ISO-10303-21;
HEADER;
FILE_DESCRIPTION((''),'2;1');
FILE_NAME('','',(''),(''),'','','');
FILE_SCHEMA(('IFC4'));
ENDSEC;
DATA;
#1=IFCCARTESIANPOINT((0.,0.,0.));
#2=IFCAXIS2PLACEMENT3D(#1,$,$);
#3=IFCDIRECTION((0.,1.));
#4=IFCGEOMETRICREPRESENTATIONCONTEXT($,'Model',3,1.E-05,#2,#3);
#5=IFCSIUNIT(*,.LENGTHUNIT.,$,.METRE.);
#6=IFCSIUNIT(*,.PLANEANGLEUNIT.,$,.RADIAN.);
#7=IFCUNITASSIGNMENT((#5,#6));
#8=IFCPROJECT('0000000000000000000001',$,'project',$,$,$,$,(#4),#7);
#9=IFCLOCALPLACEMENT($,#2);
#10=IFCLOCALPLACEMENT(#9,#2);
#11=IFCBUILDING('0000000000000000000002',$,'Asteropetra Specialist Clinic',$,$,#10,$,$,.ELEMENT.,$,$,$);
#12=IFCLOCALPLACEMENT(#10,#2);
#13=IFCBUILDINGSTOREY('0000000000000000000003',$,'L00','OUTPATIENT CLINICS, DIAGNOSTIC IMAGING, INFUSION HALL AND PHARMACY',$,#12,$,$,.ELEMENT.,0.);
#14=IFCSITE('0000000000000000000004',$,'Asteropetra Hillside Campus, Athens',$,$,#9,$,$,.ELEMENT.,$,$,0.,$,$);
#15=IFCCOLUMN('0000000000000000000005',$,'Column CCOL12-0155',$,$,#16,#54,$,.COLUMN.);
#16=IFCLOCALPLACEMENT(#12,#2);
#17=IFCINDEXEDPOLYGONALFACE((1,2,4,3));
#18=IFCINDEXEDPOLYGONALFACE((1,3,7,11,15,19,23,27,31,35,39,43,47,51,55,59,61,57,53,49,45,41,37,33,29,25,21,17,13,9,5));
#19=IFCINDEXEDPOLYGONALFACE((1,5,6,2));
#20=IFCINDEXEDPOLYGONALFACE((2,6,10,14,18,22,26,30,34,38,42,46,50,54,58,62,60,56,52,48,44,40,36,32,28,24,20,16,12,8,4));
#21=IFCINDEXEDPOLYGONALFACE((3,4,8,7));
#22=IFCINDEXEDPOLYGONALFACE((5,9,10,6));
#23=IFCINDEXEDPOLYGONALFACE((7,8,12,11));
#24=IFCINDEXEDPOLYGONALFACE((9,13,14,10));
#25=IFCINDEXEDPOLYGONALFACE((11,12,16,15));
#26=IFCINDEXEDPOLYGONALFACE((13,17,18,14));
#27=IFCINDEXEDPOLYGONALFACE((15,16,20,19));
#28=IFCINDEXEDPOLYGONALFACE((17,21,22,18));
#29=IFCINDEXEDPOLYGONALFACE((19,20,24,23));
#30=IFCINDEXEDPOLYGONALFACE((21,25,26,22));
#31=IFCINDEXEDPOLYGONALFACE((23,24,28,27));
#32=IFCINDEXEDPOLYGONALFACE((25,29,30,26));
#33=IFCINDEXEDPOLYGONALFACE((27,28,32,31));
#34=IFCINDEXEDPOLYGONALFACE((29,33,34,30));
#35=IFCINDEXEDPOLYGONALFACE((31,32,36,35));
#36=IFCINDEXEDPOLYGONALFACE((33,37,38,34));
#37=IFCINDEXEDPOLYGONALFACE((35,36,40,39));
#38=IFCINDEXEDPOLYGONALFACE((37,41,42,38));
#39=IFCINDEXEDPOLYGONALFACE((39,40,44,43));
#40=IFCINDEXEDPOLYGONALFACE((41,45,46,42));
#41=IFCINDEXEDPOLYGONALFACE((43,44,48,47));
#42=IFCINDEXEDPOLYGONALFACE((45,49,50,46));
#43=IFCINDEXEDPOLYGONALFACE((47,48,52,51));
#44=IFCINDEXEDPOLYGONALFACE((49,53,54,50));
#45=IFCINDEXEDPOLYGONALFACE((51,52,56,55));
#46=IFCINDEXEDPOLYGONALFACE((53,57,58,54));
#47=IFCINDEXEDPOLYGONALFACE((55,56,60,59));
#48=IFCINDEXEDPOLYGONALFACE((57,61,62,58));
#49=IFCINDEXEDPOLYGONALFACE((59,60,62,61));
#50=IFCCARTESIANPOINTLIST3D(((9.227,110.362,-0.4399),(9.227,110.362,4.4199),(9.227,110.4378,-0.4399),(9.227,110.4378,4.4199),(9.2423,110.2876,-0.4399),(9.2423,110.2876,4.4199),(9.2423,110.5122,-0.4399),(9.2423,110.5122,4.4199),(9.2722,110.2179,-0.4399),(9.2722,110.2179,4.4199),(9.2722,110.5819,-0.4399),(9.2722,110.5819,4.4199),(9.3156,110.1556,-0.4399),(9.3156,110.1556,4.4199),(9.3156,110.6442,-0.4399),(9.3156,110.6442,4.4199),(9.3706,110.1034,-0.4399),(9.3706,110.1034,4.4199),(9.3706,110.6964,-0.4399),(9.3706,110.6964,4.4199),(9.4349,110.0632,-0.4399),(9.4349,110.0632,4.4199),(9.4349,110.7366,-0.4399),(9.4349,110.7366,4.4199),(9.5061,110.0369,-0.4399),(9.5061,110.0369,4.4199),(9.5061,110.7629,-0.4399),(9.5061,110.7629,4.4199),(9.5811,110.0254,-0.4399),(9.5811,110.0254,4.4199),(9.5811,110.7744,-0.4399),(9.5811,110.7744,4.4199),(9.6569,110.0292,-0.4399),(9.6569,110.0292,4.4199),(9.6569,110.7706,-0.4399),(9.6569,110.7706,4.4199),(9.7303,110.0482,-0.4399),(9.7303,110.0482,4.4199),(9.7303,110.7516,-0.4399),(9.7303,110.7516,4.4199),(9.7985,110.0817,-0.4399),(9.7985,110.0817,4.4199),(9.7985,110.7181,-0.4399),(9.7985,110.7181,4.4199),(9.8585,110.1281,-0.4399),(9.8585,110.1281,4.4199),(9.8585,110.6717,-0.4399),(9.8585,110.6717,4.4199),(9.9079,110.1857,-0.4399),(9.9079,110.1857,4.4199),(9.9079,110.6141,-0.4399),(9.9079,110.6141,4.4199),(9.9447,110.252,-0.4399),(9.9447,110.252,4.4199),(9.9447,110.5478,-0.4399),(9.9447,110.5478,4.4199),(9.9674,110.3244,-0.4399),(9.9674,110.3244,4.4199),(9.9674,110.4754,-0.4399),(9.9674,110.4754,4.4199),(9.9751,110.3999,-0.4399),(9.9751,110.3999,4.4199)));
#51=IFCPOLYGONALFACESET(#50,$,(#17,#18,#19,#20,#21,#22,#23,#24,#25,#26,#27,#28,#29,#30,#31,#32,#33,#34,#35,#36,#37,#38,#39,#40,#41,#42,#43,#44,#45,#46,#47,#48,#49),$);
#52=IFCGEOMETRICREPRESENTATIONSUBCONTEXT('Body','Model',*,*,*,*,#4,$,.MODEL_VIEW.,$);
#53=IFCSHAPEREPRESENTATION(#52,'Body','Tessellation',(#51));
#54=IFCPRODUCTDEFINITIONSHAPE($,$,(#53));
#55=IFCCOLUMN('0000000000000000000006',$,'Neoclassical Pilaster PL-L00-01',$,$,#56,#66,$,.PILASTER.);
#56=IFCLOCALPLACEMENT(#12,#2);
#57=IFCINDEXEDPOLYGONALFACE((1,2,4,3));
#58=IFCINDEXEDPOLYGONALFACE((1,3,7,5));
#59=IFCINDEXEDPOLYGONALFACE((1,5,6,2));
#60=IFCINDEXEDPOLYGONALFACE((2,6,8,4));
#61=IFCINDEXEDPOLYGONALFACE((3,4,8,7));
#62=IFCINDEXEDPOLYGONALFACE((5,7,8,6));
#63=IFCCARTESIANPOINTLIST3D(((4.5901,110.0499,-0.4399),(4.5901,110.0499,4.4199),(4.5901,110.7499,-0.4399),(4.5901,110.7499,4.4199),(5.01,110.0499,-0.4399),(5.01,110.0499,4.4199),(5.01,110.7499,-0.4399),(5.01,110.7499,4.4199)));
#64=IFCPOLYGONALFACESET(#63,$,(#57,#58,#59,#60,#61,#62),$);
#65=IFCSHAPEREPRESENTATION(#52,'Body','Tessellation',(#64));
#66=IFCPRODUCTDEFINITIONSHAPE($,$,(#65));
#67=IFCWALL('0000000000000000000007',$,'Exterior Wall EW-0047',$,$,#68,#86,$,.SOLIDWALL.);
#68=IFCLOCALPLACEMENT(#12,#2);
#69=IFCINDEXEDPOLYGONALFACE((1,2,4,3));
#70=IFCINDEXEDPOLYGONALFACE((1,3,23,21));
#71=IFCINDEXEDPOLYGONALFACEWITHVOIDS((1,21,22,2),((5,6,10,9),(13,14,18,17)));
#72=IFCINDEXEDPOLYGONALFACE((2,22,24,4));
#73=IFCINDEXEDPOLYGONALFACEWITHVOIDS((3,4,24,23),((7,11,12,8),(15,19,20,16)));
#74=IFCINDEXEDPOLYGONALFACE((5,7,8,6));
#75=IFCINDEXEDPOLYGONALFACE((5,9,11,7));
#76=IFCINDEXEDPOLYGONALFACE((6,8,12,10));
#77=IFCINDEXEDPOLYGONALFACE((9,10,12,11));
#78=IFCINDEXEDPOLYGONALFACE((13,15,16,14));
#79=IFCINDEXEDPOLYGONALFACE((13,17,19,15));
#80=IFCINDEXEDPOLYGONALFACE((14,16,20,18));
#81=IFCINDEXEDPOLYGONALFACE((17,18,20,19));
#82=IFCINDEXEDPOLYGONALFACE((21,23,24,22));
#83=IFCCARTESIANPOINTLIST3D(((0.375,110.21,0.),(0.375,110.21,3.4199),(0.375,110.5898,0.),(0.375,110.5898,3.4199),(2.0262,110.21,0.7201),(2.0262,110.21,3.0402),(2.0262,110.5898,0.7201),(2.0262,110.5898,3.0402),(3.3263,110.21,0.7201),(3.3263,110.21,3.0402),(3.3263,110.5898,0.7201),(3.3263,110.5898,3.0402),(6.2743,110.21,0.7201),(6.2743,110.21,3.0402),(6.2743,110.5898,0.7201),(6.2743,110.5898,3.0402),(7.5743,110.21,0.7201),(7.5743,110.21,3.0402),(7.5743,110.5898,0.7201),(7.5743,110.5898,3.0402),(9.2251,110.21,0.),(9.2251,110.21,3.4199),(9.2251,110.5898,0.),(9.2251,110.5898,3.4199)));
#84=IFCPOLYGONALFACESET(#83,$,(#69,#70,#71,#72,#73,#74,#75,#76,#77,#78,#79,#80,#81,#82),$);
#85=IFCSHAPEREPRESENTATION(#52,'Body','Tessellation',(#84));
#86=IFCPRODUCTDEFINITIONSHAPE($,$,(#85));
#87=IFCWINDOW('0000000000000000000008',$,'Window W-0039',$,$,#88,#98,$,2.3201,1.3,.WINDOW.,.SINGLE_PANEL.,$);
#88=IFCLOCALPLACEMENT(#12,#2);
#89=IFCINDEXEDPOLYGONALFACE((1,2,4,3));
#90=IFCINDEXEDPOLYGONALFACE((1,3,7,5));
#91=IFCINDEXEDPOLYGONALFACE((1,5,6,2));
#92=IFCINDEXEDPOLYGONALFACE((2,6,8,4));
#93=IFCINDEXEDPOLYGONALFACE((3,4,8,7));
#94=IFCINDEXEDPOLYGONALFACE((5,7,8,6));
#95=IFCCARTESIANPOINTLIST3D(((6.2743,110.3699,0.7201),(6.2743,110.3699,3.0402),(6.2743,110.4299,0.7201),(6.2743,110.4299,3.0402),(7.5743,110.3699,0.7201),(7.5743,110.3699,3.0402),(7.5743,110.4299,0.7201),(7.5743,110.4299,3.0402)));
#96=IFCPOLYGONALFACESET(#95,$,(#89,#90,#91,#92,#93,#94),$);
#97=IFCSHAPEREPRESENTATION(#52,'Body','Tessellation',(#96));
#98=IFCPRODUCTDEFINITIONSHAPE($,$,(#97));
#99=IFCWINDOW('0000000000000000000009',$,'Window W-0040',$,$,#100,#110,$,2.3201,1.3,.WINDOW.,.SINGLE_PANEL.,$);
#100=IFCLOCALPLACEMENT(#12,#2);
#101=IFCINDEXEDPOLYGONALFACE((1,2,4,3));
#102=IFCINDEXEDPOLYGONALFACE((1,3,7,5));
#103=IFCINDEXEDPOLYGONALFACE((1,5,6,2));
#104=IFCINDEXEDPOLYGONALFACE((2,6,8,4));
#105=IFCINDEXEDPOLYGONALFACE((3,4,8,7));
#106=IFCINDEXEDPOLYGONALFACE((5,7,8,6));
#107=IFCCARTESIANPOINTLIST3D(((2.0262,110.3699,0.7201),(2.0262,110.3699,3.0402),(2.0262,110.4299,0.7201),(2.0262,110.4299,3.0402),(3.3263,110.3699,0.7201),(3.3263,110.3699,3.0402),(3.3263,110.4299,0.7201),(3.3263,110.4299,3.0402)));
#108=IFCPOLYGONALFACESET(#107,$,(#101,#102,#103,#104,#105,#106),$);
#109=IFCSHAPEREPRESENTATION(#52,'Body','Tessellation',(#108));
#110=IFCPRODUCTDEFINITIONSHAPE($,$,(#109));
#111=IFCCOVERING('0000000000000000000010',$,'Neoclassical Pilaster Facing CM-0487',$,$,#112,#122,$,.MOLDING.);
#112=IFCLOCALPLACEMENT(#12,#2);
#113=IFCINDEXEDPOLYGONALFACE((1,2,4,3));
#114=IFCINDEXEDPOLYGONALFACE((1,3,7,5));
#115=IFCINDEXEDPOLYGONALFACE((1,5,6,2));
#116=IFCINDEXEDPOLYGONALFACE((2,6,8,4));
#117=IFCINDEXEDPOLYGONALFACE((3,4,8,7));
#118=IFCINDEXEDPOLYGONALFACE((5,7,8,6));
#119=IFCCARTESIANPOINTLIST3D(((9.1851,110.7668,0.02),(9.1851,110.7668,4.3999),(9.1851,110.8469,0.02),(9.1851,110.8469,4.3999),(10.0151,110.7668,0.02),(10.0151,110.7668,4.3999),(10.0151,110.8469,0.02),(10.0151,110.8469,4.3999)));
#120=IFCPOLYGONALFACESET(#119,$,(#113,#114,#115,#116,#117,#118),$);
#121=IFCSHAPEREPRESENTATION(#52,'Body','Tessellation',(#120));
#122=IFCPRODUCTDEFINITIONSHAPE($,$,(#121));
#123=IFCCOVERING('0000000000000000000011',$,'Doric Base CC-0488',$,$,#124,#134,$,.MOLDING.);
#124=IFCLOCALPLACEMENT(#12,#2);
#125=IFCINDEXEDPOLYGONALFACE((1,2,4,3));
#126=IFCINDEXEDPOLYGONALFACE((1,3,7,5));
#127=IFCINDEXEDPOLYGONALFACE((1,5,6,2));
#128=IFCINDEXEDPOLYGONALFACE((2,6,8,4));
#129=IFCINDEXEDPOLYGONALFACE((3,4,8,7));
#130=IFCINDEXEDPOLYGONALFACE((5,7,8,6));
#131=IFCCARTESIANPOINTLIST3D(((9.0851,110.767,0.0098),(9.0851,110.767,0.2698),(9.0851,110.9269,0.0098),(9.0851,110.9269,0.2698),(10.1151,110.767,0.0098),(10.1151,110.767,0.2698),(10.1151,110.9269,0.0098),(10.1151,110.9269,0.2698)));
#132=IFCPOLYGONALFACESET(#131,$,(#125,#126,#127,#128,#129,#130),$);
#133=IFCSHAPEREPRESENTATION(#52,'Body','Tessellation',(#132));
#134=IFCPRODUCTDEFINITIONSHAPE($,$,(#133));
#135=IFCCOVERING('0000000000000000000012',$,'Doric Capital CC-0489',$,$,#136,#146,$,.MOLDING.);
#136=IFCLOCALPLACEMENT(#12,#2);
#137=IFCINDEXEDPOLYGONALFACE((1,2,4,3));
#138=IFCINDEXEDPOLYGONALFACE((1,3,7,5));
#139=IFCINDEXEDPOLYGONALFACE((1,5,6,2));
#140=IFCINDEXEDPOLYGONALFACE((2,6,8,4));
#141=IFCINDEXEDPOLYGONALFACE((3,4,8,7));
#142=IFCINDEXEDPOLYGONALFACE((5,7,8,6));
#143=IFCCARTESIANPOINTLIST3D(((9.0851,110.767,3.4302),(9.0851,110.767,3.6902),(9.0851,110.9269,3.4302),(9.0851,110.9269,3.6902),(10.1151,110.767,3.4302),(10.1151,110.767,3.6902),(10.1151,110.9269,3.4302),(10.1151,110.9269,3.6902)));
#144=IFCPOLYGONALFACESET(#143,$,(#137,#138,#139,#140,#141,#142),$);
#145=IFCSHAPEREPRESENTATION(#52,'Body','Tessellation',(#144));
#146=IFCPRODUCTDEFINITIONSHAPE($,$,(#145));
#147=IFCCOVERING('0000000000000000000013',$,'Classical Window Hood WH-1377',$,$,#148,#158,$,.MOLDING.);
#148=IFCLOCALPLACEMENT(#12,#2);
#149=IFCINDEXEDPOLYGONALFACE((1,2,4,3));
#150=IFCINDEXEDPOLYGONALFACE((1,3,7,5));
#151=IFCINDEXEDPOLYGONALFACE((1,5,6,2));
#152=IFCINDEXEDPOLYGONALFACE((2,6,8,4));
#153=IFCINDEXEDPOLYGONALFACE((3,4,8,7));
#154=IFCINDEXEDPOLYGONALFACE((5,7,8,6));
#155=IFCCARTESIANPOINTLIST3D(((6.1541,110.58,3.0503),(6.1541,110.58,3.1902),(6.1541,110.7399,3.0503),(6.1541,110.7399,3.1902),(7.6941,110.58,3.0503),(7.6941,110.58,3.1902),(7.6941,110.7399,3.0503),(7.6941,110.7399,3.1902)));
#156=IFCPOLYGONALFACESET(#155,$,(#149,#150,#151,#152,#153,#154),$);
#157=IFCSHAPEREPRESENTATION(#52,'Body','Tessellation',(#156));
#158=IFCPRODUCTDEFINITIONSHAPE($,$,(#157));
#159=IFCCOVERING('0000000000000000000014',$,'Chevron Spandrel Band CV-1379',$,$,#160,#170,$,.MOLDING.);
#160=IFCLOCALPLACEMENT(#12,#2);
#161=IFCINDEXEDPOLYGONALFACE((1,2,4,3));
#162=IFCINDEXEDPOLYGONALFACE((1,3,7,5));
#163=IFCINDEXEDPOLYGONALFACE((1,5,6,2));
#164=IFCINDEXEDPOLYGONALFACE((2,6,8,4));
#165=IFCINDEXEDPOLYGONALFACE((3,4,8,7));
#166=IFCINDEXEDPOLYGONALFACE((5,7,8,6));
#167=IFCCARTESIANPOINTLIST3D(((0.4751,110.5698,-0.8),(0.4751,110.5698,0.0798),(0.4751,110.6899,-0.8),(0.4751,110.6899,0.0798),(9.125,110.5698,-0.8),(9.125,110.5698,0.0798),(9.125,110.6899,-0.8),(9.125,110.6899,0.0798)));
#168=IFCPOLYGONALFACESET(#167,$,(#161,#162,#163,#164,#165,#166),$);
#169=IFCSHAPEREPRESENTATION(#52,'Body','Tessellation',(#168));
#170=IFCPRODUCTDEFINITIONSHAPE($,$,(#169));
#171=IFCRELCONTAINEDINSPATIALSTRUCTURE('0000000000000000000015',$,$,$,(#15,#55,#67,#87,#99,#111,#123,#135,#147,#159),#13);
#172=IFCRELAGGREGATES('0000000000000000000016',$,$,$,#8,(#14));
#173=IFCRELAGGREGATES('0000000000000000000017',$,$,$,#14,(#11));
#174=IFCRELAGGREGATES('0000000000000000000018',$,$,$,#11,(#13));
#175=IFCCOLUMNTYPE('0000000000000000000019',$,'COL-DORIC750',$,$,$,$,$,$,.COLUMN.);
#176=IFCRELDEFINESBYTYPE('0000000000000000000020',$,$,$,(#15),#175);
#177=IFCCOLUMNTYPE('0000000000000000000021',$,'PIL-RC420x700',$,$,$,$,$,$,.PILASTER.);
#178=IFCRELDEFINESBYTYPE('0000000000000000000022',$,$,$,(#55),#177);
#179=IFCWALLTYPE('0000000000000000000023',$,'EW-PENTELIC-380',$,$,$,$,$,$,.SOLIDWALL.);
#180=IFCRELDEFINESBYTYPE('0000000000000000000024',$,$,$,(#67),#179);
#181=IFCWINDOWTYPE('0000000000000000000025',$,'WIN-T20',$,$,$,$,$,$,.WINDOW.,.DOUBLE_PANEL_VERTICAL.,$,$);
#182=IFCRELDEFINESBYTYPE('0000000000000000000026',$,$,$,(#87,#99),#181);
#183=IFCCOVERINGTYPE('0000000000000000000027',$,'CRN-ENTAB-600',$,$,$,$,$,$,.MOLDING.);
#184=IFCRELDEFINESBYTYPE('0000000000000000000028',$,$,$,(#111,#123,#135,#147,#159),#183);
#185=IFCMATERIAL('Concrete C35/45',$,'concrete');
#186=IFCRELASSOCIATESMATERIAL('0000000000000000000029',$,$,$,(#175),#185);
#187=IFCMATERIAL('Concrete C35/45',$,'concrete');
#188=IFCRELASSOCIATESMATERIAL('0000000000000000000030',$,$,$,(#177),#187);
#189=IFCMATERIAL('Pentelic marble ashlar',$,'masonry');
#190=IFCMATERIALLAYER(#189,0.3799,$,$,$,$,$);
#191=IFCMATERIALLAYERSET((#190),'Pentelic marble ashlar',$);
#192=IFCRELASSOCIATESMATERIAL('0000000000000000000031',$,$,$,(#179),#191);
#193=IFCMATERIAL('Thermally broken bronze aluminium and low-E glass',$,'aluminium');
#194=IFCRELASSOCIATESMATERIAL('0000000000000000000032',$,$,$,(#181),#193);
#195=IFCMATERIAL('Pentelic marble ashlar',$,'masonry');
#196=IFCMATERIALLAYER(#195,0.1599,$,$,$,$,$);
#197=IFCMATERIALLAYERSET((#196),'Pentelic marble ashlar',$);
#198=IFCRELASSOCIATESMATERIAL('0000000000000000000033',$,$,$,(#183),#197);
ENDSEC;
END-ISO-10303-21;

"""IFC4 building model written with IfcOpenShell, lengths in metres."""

from ifc_helpers import new_model, si_unit, direction, frame, frame_2d, origin, origin_2d, place, context, subcontext, project, spatial, rectangle, circle, extrude, material, layer, layer_set, material_profile, profile_set, type_object, element, fill, save


model = new_model("IFC4")

# Units and contexts
model_context = context("Model", 3, precision=1e-05, world=origin(), true_north=direction((0.0, 1.0)))
body_context = subcontext(model_context, "Body", "Model", "MODEL_VIEW")
ifc_project = project(units=[si_unit("LENGTHUNIT", "METRE"), si_unit("PLANEANGLEUNIT", "RADIAN")], contexts=[model_context])

# Site, building, storey
site_placement = place(None, origin())
site = spatial("IfcSite", under=ifc_project, at=site_placement, Name="Asteropetra Hillside Campus, Athens", CompositionType="ELEMENT", RefElevation=0.0)
building_placement = place(site_placement, origin())
building = spatial("IfcBuilding", under=site, at=building_placement, Name="Asteropetra Specialist Clinic", CompositionType="ELEMENT")
storey_placement = place(building_placement, origin())
storey = spatial("IfcBuildingStorey", under=building, at=storey_placement, Name="L00", Description="OUTPATIENT CLINICS, DIAGNOSTIC IMAGING, INFUSION HALL AND PHARMACY", CompositionType="ELEMENT", Elevation=0.0)

# Columns
ifc_material_1 = material(Name="Concrete C35/45", Category="concrete")
ifc_material_profile_1 = material_profile(ifc_material_1, circle(Radius=0.375, at=origin_2d()), Name="RCC D750")
ifc_profile_set_1 = profile_set([ifc_material_profile_1], Name="Concrete C35/45")
column_type_1 = type_object("IfcColumnType", Name="COL-DORIC750", PredefinedType="COLUMN", material=ifc_profile_set_1)
for number, where, z_axis, x_axis, name in (
    (1, (9.6001, 110.3999, -0.4399), (0.0, 0.0, 1.0), (1.0, 0.0, 0.0), "Column CCOL12-0155"),
):
    element("IfcColumn", number, at=place(storey_placement, frame(where, z_axis=z_axis, x_axis=x_axis)), inside=storey, type_object=column_type_1, Name=name, PredefinedType="COLUMN", context=body_context, shape_type="SweptSolid", body=[
        extrude(circle(Radius=0.375, at=origin_2d()), origin(), (0.0, 0.0, 1.0), 4.8599),
    ])
ifc_material_2 = material(Name="Concrete C35/45", Category="concrete")
ifc_material_profile_2 = material_profile(ifc_material_2, rectangle(XDim=0.4199, YDim=0.7, at=origin_2d()), Name="PIL 420x700")
ifc_profile_set_2 = profile_set([ifc_material_profile_2], Name="Concrete C35/45")
column_type_2 = type_object("IfcColumnType", Name="PIL-RC420x700", PredefinedType="PILASTER", material=ifc_profile_set_2)
column_placement = place(storey_placement, frame((4.8, 110.3999, -0.4399), z_axis=(0.0, 0.0, 1.0), x_axis=(1.0, 0.0, 0.0)))
element("IfcColumn", 2, at=column_placement, inside=storey, type_object=column_type_2, Name="Neoclassical Pilaster PL-L00-01", PredefinedType="PILASTER", context=body_context, shape_type="SweptSolid", body=[
    extrude(rectangle(XDim=0.4199, YDim=0.7, at=origin_2d()), origin(), (0.0, 0.0, 1.0), 4.8599),
])

# Wall, openings, windows
ifc_material_3 = material(Name="Pentelic marble ashlar", Category="masonry")
ifc_layer_1 = layer(ifc_material_3, 0.3799)
ifc_layer_set_1 = layer_set([ifc_layer_1], Name="Pentelic marble ashlar")
wall_type = type_object("IfcWallType", Name="EW-PENTELIC-380", PredefinedType="SOLIDWALL", material=ifc_layer_set_1)
wall_placement = place(storey_placement, frame((9.2251, 110.3999, 0.0), z_axis=(0.0, 0.0, 1.0), x_axis=(-1.0, 0.0, 0.0)))
wall = element("IfcWall", 3, at=wall_placement, inside=storey, type_object=wall_type, Name="Exterior Wall EW-0047", PredefinedType="SOLIDWALL", context=body_context, shape_type="SweptSolid", body=[
    extrude(rectangle(XDim=8.8501, YDim=0.3799, at=frame_2d((4.425, 0.0))), origin(), (0.0, 0.0, 1.0), 3.4199),
])
opening_1_placement = place(wall_placement, frame((1.6509, 0.0, 0.72)))
opening_1 = element("IfcOpeningElement", 4, at=opening_1_placement, cuts=wall, PredefinedType="OPENING", context=body_context, shape_type="SweptSolid", body=[
    extrude(rectangle(XDim=1.3, YDim=2.3201, at=frame_2d((0.6499, 1.1602))), frame((0.0, 0.2, 0.0), z_axis=(0.0, -1.0, 0.0), x_axis=(1.0, 0.0, 0.0)), (0.0, 0.0, 1.0), 0.3999),
])
opening_2_placement = place(wall_placement, frame((5.8989, 0.0, 0.72)))
opening_2 = element("IfcOpeningElement", 5, at=opening_2_placement, cuts=wall, PredefinedType="OPENING", context=body_context, shape_type="SweptSolid", body=[
    extrude(rectangle(XDim=1.3, YDim=2.3201, at=frame_2d((0.6499, 1.1602))), frame((0.0, 0.2, 0.0), z_axis=(0.0, -1.0, 0.0), x_axis=(1.0, 0.0, 0.0)), (0.0, 0.0, 1.0), 0.3999),
])
ifc_material_4 = material(Name="Thermally broken bronze aluminium and low-E glass", Category="aluminium")
window_type = type_object("IfcWindowType", Name="WIN-T20", PartitioningType="DOUBLE_PANEL_VERTICAL", PredefinedType="WINDOW", material=ifc_material_4)
window_1_placement = place(opening_1_placement, origin())
window_1 = element("IfcWindow", 6, at=window_1_placement, inside=storey, type_object=window_type, Name="Window W-0039", OverallHeight=2.3201, OverallWidth=1.3, PartitioningType="SINGLE_PANEL", PredefinedType="WINDOW", context=body_context, shape_type="SweptSolid", body=[
    extrude(rectangle(XDim=1.3, YDim=2.3201, at=frame_2d((0.6499, 1.1602))), frame((0.0, 0.03, 0.0), z_axis=(0.0, -1.0, 0.0), x_axis=(1.0, 0.0, 0.0)), (0.0, 0.0, 1.0), 0.0601),
])
fill(opening_1, window_1)
window_2_placement = place(opening_2_placement, origin())
window_2 = element("IfcWindow", 7, at=window_2_placement, inside=storey, type_object=window_type, Name="Window W-0040", OverallHeight=2.3201, OverallWidth=1.3, PartitioningType="SINGLE_PANEL", PredefinedType="WINDOW", context=body_context, shape_type="SweptSolid", body=[
    extrude(rectangle(XDim=1.3, YDim=2.3201, at=frame_2d((0.6499, 1.1602))), frame((0.0, 0.03, 0.0), z_axis=(0.0, -1.0, 0.0), x_axis=(1.0, 0.0, 0.0)), (0.0, 0.0, 1.0), 0.0601),
])
fill(opening_2, window_2)

# Coverings
ifc_material_5 = material(Name="Pentelic marble ashlar", Category="masonry")
ifc_layer_2 = layer(ifc_material_5, 0.1599)
ifc_layer_set_2 = layer_set([ifc_layer_2], Name="Pentelic marble ashlar")
covering_type = type_object("IfcCoveringType", Name="CRN-ENTAB-600", PredefinedType="MOLDING", material=ifc_layer_set_2)
covering_1_placement = place(storey_placement, frame((9.6001, 110.8069, 0.02), z_axis=(0.0, 0.0, 1.0), x_axis=(1.0, 0.0, 0.0)))
element("IfcCovering", 8, at=covering_1_placement, inside=storey, type_object=covering_type, Name="Neoclassical Pilaster Facing CM-0487", PredefinedType="MOLDING", context=body_context, shape_type="SweptSolid", body=[
    extrude(rectangle(XDim=0.8301, YDim=0.0801, at=origin_2d()), origin(), (0.0, 0.0, 1.0), 4.3799),
])
for number, where, z_axis, x_axis, name in (
    (9, (9.6001, 110.8469, 0.0098), (0.0, 0.0, 1.0), (1.0, 0.0, 0.0), "Doric Base CC-0488"),
    (10, (9.6001, 110.8469, 3.4302), (0.0, 0.0, 1.0), (1.0, 0.0, 0.0), "Doric Capital CC-0489"),
):
    element("IfcCovering", number, at=place(storey_placement, frame(where, z_axis=z_axis, x_axis=x_axis)), inside=storey, type_object=covering_type, Name=name, PredefinedType="MOLDING", context=body_context, shape_type="SweptSolid", body=[
        extrude(rectangle(XDim=1.03, YDim=0.1599, at=origin_2d()), origin(), (0.0, 0.0, 1.0), 0.26),
    ])
covering_2_placement = place(storey_placement, frame((6.9241, 110.6599, 3.0503), z_axis=(0.0, 0.0, 1.0), x_axis=(1.0, 0.0, 0.0)))
element("IfcCovering", 11, at=covering_2_placement, inside=storey, type_object=covering_type, Name="Classical Window Hood WH-1377", PredefinedType="MOLDING", context=body_context, shape_type="SweptSolid", body=[
    extrude(rectangle(XDim=1.54, YDim=0.1599, at=origin_2d()), origin(), (0.0, 0.0, 1.0), 0.1399),
])
covering_3_placement = place(storey_placement, frame((4.8, 110.6299, -0.8), z_axis=(0.0, 0.0, 1.0), x_axis=(1.0, 0.0, 0.0)))
element("IfcCovering", 12, at=covering_3_placement, inside=storey, type_object=covering_type, Name="Chevron Spandrel Band CV-1379", PredefinedType="MOLDING", context=body_context, shape_type="SweptSolid", body=[
    extrude(rectangle(XDim=8.6499, YDim=0.1201, at=origin_2d()), origin(), (0.0, 0.0, 1.0), 0.8799),
])

save(model, "model.ifc")
